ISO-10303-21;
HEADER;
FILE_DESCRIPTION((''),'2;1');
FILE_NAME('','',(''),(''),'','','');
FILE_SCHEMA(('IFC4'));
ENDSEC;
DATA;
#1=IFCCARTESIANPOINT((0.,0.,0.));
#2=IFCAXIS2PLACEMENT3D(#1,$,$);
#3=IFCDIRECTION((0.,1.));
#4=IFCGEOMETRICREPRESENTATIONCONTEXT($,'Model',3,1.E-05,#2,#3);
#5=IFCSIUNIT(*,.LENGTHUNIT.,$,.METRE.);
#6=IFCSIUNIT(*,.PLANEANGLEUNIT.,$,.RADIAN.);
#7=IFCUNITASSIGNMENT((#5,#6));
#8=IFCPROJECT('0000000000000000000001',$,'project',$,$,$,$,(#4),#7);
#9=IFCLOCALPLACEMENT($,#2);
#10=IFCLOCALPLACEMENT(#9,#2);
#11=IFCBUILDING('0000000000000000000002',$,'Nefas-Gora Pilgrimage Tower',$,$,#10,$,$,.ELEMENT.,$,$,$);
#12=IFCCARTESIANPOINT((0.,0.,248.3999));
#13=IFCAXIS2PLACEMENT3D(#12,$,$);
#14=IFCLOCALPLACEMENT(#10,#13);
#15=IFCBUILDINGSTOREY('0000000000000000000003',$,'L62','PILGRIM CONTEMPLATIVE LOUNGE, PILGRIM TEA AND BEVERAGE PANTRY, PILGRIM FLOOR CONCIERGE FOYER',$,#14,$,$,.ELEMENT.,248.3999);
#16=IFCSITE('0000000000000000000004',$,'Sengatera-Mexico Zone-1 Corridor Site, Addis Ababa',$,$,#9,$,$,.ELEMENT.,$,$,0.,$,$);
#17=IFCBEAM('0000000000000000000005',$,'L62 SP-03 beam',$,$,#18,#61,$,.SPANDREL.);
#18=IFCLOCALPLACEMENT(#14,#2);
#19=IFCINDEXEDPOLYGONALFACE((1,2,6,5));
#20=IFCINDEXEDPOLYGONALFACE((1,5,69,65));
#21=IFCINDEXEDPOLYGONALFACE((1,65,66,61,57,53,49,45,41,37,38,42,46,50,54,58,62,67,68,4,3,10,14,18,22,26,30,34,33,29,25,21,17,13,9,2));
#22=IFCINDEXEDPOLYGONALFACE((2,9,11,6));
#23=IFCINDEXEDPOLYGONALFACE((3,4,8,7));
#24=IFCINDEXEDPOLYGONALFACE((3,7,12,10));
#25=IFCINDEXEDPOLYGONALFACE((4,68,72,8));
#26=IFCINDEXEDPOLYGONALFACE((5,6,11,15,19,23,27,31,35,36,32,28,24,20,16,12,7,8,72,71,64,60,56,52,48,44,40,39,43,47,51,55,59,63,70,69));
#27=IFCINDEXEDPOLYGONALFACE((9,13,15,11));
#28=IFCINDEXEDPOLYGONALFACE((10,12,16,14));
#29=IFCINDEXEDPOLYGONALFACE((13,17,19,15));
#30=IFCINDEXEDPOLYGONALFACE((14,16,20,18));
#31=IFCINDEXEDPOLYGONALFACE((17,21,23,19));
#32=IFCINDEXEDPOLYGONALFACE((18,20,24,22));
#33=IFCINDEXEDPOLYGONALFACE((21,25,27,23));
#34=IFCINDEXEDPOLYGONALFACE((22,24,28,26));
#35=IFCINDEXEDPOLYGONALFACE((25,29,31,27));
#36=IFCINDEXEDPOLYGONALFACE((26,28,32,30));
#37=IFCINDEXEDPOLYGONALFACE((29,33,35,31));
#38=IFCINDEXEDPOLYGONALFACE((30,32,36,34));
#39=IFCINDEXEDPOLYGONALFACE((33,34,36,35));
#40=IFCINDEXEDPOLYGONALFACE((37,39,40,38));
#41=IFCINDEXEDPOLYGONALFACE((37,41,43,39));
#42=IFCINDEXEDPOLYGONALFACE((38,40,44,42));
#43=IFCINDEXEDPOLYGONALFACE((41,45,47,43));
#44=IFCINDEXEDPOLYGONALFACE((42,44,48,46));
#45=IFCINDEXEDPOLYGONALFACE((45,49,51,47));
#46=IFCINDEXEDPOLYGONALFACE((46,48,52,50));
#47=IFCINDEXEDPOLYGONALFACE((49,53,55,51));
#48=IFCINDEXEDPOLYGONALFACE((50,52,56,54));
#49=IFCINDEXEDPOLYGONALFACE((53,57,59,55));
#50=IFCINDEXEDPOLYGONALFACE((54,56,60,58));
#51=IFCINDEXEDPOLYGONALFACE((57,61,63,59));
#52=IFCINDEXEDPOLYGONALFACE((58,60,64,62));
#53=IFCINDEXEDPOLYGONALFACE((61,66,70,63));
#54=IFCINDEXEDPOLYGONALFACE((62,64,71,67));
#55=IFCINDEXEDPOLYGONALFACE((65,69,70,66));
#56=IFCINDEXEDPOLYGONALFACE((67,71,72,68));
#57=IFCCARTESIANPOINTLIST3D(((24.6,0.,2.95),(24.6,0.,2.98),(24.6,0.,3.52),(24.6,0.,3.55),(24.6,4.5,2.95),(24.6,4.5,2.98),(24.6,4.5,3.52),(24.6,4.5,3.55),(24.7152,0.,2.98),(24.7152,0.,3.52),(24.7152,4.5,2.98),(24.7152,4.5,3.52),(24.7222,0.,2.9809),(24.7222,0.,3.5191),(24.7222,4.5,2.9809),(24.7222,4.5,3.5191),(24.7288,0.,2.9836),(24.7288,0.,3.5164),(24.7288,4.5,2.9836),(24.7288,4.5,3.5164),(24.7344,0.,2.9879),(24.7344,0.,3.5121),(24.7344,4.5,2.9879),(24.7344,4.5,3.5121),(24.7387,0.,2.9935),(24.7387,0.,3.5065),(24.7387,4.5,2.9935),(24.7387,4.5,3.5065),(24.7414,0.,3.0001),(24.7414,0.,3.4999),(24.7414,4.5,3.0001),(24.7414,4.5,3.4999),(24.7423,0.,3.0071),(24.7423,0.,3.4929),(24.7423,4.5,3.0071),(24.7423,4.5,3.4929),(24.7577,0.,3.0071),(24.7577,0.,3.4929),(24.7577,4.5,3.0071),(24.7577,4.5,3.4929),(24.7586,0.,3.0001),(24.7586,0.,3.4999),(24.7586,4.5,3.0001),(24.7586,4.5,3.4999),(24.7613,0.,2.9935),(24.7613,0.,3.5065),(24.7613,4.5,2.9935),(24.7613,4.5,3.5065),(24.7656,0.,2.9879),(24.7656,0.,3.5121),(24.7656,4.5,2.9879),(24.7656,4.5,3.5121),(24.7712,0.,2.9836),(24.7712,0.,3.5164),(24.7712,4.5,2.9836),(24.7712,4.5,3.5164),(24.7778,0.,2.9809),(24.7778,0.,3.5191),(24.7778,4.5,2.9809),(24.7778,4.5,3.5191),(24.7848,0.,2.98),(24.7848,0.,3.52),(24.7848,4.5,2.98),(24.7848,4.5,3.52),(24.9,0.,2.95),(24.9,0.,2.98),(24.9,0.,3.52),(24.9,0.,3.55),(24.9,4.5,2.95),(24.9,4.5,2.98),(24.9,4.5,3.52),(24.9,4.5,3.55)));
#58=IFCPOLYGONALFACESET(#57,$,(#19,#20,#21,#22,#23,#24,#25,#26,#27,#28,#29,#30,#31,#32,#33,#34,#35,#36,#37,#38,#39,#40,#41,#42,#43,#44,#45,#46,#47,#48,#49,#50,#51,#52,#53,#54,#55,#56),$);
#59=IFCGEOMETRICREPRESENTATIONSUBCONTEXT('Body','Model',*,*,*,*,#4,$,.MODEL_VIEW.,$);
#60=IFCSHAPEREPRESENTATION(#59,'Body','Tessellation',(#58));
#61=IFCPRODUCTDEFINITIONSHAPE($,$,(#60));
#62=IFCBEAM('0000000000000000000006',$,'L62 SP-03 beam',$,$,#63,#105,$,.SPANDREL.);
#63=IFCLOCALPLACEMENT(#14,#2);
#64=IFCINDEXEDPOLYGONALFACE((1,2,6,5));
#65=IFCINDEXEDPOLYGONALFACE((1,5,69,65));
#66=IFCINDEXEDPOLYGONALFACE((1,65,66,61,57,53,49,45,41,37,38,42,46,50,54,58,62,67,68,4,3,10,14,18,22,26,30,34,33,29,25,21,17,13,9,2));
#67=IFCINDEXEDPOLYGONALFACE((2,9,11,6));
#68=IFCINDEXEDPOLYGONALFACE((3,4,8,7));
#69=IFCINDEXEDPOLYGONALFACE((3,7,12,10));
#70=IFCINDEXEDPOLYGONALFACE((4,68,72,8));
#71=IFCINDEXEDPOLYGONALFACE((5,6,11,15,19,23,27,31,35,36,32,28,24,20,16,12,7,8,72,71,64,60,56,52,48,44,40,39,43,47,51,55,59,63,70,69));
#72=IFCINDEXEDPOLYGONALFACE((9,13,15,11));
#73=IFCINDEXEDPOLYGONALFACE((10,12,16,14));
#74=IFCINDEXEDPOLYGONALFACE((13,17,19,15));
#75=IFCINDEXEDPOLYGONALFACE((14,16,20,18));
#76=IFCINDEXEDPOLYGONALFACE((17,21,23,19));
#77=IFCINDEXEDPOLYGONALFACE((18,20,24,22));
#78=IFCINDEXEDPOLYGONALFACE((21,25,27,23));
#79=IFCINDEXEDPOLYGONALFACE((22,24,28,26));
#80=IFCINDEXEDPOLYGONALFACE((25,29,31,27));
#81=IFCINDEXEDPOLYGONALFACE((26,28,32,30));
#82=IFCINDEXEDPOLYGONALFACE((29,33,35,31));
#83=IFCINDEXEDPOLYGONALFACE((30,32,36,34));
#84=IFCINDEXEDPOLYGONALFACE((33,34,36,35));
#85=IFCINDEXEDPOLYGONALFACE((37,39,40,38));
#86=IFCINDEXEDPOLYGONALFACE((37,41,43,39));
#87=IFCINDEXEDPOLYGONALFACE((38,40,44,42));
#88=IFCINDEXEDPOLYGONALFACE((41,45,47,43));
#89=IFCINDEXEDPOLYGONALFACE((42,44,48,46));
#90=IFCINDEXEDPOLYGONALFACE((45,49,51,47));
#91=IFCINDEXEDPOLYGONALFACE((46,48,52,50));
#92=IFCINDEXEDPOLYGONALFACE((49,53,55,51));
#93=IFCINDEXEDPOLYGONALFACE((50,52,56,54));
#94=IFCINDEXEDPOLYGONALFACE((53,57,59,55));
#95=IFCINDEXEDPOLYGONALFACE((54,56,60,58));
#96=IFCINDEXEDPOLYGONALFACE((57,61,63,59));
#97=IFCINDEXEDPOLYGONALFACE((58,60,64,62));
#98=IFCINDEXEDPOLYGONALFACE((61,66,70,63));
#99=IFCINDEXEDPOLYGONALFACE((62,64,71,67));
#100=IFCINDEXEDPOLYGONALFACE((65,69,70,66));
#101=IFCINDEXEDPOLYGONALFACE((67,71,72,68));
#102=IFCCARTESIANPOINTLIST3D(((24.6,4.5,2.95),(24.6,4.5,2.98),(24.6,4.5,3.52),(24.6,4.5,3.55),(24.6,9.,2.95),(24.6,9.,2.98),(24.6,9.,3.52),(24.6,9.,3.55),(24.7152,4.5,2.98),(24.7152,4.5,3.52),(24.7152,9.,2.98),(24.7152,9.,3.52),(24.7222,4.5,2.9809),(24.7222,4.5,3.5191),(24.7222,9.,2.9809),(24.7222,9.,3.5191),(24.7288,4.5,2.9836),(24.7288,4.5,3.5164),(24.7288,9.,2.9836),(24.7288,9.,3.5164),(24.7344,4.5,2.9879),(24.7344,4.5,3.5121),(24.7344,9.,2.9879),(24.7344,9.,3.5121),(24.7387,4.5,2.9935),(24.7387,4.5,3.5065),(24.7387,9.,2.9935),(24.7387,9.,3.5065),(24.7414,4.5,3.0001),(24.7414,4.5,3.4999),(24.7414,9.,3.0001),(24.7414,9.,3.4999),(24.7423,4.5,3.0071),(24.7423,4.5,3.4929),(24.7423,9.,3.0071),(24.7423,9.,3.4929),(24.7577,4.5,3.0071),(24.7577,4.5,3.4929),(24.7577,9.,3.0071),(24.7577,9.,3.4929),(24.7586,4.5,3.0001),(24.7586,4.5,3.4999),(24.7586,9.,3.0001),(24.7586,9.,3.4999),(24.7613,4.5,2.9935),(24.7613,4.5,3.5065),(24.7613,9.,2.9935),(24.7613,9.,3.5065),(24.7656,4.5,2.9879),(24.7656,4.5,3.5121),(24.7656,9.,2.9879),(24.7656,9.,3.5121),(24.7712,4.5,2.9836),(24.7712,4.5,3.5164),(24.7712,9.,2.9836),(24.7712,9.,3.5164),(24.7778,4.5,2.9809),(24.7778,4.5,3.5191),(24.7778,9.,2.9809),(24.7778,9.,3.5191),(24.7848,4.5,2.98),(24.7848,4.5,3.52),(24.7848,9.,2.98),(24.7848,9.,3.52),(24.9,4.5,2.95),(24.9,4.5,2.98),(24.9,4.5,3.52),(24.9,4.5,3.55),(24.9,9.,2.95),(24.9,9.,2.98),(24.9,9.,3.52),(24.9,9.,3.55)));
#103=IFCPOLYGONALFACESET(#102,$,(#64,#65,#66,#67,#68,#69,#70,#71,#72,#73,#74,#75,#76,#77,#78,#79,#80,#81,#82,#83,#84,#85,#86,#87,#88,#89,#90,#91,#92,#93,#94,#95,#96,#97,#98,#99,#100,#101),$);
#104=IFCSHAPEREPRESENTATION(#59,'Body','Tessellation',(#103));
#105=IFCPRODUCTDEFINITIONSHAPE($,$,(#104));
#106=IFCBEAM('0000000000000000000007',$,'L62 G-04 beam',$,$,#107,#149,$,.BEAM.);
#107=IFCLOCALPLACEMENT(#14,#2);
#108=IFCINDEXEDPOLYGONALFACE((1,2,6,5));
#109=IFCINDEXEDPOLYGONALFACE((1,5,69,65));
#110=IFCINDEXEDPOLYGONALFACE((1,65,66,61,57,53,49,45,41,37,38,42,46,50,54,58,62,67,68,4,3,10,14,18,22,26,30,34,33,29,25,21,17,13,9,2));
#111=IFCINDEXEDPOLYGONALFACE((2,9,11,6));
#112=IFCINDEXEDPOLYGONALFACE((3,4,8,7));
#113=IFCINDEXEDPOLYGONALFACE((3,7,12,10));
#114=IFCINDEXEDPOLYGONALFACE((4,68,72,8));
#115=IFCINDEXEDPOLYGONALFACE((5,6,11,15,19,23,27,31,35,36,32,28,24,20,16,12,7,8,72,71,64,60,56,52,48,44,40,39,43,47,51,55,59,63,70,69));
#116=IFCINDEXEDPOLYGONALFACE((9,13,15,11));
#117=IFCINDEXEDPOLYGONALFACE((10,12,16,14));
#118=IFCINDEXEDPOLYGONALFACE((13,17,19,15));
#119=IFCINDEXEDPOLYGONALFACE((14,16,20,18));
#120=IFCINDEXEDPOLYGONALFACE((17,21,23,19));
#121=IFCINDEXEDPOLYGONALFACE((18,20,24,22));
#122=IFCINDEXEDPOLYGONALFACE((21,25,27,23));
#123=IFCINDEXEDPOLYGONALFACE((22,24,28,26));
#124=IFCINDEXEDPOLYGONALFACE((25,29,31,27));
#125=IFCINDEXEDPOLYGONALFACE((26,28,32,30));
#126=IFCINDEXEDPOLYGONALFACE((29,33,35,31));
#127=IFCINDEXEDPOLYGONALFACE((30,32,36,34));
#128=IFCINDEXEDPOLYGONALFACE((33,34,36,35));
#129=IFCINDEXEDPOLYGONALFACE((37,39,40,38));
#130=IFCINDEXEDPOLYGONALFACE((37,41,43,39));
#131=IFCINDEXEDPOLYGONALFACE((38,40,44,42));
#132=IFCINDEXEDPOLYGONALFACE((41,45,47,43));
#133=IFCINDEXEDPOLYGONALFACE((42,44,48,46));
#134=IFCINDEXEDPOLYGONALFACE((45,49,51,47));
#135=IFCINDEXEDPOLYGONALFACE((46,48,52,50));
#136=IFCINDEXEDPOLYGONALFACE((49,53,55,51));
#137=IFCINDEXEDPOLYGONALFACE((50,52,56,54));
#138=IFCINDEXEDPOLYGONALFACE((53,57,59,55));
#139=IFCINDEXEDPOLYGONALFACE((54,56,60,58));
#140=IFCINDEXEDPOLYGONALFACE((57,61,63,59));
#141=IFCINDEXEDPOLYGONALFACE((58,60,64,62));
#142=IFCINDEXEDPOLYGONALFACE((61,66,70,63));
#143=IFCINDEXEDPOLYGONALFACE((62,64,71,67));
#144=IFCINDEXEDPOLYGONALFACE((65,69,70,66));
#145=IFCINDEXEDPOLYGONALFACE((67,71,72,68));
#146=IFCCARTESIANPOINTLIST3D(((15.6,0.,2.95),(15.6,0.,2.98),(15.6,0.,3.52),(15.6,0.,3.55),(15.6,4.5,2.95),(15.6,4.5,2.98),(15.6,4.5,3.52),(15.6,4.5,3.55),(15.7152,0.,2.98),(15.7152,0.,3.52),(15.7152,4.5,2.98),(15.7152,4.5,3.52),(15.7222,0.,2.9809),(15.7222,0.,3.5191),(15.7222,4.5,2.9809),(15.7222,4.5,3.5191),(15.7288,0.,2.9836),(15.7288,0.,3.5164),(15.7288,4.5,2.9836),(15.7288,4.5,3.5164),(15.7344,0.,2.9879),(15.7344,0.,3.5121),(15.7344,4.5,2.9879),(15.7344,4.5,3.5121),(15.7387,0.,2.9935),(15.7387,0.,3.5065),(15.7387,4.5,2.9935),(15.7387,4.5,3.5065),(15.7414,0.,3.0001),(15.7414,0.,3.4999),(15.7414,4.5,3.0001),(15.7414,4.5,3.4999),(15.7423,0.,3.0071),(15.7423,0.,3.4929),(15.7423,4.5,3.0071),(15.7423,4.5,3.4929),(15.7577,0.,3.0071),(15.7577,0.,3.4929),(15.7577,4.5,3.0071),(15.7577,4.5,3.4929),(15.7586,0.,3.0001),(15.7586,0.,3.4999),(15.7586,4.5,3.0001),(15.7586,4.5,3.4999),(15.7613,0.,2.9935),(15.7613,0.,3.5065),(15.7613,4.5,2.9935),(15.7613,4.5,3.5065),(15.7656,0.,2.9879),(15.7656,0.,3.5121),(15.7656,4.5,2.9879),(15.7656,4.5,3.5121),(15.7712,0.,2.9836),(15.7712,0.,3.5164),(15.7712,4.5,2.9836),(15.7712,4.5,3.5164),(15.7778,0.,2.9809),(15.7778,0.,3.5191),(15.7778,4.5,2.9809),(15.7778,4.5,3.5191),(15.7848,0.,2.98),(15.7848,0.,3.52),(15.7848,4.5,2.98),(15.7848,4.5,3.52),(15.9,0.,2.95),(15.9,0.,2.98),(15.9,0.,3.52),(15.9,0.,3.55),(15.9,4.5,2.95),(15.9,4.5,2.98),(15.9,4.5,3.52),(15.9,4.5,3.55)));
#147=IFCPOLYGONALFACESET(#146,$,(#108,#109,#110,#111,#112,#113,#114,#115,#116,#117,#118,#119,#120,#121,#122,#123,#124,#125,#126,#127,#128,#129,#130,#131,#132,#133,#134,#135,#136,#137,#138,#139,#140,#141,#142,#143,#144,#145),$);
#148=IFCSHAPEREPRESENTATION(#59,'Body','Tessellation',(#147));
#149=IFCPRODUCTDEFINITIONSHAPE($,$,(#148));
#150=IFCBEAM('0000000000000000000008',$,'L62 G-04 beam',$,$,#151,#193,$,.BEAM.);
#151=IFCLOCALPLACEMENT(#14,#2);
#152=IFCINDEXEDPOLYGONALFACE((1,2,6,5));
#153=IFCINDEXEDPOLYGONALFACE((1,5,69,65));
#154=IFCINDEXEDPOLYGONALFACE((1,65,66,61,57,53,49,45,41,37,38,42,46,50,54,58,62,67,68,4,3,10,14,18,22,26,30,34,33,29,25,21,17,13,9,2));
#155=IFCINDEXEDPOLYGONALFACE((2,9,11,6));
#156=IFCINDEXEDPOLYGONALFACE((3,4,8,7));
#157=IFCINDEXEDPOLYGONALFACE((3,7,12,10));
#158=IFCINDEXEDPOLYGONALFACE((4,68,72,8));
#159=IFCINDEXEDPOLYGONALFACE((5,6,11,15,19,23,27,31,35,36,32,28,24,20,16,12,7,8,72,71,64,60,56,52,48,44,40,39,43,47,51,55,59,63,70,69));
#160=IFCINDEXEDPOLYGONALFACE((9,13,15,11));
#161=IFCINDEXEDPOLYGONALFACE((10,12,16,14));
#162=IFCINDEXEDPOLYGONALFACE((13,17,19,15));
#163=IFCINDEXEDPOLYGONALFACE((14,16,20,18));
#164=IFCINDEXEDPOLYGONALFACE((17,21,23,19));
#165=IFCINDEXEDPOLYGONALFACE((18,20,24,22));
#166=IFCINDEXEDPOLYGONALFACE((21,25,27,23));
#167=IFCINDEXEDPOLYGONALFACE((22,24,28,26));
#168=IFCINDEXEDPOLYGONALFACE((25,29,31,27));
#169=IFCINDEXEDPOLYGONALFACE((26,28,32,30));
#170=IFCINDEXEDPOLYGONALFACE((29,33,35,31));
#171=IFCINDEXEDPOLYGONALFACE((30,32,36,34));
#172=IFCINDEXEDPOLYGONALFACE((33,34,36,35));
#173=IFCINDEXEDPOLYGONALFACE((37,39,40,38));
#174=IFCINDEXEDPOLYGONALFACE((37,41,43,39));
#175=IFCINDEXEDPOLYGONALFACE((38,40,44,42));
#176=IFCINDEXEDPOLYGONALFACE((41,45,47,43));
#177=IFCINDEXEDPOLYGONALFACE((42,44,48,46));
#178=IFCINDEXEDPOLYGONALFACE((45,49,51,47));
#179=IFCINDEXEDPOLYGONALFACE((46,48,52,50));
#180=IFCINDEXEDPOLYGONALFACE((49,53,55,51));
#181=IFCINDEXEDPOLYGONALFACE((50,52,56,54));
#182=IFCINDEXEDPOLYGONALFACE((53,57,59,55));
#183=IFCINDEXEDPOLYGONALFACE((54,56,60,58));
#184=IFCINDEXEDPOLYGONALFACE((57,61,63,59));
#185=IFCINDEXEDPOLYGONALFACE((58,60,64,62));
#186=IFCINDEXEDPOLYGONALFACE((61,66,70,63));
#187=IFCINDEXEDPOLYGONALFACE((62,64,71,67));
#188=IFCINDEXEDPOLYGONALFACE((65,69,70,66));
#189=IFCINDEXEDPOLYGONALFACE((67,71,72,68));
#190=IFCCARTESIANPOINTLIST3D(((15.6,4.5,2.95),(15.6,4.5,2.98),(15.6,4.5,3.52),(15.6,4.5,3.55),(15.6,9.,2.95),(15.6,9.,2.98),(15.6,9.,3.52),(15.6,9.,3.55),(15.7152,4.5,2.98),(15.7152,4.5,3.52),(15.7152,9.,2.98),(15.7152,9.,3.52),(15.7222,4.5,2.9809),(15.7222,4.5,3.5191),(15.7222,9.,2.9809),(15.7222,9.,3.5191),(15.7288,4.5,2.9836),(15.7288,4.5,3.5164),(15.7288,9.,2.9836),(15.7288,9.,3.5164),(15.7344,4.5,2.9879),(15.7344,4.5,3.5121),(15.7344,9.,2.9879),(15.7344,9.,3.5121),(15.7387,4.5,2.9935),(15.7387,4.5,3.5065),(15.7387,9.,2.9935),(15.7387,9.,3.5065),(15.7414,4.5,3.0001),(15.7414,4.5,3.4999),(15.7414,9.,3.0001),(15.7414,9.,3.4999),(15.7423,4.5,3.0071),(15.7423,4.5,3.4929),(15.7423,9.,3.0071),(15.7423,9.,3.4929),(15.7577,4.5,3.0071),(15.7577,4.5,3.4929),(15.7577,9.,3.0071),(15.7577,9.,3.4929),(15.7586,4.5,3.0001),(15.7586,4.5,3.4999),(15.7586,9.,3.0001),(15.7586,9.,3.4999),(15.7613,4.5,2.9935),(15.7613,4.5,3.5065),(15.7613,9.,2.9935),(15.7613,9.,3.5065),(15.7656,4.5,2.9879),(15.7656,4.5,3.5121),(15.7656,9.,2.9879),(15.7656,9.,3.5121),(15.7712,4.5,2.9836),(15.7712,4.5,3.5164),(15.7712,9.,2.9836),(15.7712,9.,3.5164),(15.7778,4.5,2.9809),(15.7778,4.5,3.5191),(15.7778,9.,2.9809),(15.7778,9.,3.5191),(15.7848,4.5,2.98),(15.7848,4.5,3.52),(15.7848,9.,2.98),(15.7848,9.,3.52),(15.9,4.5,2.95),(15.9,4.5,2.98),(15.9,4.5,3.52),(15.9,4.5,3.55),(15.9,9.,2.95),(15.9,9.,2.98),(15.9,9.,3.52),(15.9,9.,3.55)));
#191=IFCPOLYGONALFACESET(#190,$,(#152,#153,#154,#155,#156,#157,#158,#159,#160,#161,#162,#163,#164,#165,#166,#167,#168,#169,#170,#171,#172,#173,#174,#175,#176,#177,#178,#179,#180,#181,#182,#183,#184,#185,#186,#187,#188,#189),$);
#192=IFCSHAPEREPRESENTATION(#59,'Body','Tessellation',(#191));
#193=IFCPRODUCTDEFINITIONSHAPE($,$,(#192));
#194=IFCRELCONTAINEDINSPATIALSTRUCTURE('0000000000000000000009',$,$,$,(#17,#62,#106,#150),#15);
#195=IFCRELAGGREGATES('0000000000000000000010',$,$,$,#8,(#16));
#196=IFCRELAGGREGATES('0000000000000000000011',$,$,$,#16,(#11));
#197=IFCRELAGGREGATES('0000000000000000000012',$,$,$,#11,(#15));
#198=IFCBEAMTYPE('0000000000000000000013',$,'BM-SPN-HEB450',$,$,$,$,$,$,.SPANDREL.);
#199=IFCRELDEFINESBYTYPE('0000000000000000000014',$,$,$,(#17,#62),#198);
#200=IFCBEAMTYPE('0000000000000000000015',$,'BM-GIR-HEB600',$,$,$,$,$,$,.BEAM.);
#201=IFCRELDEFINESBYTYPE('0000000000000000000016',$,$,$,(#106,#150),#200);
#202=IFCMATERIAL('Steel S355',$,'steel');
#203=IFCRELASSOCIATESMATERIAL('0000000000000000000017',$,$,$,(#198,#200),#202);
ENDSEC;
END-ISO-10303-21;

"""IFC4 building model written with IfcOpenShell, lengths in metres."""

from ifc_helpers import new_model, si_unit, direction, frame, origin, origin_2d, place, context, subcontext, project, spatial, i_section, extrude, source, transform, mapped, material, material_profile, profile_set, type_object, element, save


model = new_model("IFC4")

# Units and contexts
model_context = context("Model", 3, precision=1e-05, world=origin(), true_north=direction((0.0, 1.0)))
body_context = subcontext(model_context, "Body", "Model", "MODEL_VIEW")
ifc_project = project(units=[si_unit("LENGTHUNIT", "METRE"), si_unit("PLANEANGLEUNIT", "RADIAN")], contexts=[model_context])

# Site, building, storey
site_placement = place(None, origin())
site = spatial("IfcSite", under=ifc_project, at=site_placement, Name="Sengatera-Mexico Zone-1 Corridor Site, Addis Ababa", CompositionType="ELEMENT", RefElevation=0.0)
building_placement = place(site_placement, origin())
building = spatial("IfcBuilding", under=site, at=building_placement, Name="Nefas-Gora Pilgrimage Tower", CompositionType="ELEMENT")
storey_placement = place(building_placement, frame((0.0, 0.0, 248.3999)))
storey = spatial("IfcBuildingStorey", under=building, at=storey_placement, Name="L62", Description="PILGRIM CONTEMPLATIVE LOUNGE, PILGRIM TEA AND BEVERAGE PANTRY, PILGRIM FLOOR CONCIERGE FOYER", CompositionType="ELEMENT", Elevation=248.3999)

# Beams
ifc_material_1 = material(Name="Steel S355", Category="steel")
ifc_material_profile_1 = material_profile(ifc_material_1, i_section(OverallWidth=0.3, OverallDepth=0.6001, WebThickness=0.0154, FlangeThickness=0.03, FilletRadius=0.0271, at=origin_2d()), Name="HEB 600")
ifc_profile_set_1 = profile_set([ifc_material_profile_1], Name="Steel S355")
beam_type_1 = type_object("IfcBeamType", Name="BM-SPN-HEB450", PredefinedType="SPANDREL", material=ifc_profile_set_1)
shared_shape_1 = source(origin(), body_context, "Body", "SweptSolid", [
    extrude(i_section(OverallWidth=0.3, OverallDepth=0.6001, WebThickness=0.0154, FlangeThickness=0.03, FilletRadius=0.0271, at=origin_2d()), origin(), (0.0, 0.0, 1.0), 4.5),
])
for number, where, z_axis, x_axis, name in (
    (1, (24.75, 0.0, 3.25), (0.0, 1.0, 0.0), (-1.0, 0.0, 0.0), "L62 SP-03 beam"),
    (2, (24.75, 4.5, 3.25), (0.0, 1.0, 0.0), (-1.0, 0.0, 0.0), "L62 SP-03 beam"),
):
    element("IfcBeam", number, at=place(storey_placement, frame(where, z_axis=z_axis, x_axis=x_axis)), inside=storey, type_object=beam_type_1, Name=name, PredefinedType="SPANDREL", context=body_context, shape_type="MappedRepresentation", body=[
        mapped(shared_shape_1, transform((0.0, 0.0, 0.0), x_axis=(1.0, 0.0, 0.0), y_axis=(0.0, 1.0, 0.0), z_axis=(0.0, 0.0, 1.0), scale=1.0)),
    ])
ifc_material_profile_2 = material_profile(ifc_material_1, i_section(OverallWidth=0.3, OverallDepth=0.6001, WebThickness=0.0154, FlangeThickness=0.03, FilletRadius=0.0271, at=origin_2d()), Name="HEB 600")
ifc_profile_set_2 = profile_set([ifc_material_profile_2], Name="Steel S355")
beam_type_2 = type_object("IfcBeamType", Name="BM-GIR-HEB600", PredefinedType="BEAM", material=ifc_profile_set_2)
shared_shape_2 = source(origin(), body_context, "Body", "SweptSolid", [
    extrude(i_section(OverallWidth=0.3, OverallDepth=0.6001, WebThickness=0.0154, FlangeThickness=0.03, FilletRadius=0.0271, at=origin_2d()), origin(), (0.0, 0.0, 1.0), 4.5),
])
for number, where, z_axis, x_axis, name in (
    (3, (15.75, 0.0, 3.25), (0.0, 1.0, 0.0), (-1.0, 0.0, 0.0), "L62 G-04 beam"),
    (4, (15.75, 4.5, 3.25), (0.0, 1.0, 0.0), (-1.0, 0.0, 0.0), "L62 G-04 beam"),
):
    element("IfcBeam", number, at=place(storey_placement, frame(where, z_axis=z_axis, x_axis=x_axis)), inside=storey, type_object=beam_type_2, Name=name, PredefinedType="BEAM", context=body_context, shape_type="MappedRepresentation", body=[
        mapped(shared_shape_2, transform((0.0, 0.0, 0.0), x_axis=(1.0, 0.0, 0.0), y_axis=(0.0, 1.0, 0.0), z_axis=(0.0, 0.0, 1.0), scale=1.0)),
    ])

save(model, "model.ifc")
